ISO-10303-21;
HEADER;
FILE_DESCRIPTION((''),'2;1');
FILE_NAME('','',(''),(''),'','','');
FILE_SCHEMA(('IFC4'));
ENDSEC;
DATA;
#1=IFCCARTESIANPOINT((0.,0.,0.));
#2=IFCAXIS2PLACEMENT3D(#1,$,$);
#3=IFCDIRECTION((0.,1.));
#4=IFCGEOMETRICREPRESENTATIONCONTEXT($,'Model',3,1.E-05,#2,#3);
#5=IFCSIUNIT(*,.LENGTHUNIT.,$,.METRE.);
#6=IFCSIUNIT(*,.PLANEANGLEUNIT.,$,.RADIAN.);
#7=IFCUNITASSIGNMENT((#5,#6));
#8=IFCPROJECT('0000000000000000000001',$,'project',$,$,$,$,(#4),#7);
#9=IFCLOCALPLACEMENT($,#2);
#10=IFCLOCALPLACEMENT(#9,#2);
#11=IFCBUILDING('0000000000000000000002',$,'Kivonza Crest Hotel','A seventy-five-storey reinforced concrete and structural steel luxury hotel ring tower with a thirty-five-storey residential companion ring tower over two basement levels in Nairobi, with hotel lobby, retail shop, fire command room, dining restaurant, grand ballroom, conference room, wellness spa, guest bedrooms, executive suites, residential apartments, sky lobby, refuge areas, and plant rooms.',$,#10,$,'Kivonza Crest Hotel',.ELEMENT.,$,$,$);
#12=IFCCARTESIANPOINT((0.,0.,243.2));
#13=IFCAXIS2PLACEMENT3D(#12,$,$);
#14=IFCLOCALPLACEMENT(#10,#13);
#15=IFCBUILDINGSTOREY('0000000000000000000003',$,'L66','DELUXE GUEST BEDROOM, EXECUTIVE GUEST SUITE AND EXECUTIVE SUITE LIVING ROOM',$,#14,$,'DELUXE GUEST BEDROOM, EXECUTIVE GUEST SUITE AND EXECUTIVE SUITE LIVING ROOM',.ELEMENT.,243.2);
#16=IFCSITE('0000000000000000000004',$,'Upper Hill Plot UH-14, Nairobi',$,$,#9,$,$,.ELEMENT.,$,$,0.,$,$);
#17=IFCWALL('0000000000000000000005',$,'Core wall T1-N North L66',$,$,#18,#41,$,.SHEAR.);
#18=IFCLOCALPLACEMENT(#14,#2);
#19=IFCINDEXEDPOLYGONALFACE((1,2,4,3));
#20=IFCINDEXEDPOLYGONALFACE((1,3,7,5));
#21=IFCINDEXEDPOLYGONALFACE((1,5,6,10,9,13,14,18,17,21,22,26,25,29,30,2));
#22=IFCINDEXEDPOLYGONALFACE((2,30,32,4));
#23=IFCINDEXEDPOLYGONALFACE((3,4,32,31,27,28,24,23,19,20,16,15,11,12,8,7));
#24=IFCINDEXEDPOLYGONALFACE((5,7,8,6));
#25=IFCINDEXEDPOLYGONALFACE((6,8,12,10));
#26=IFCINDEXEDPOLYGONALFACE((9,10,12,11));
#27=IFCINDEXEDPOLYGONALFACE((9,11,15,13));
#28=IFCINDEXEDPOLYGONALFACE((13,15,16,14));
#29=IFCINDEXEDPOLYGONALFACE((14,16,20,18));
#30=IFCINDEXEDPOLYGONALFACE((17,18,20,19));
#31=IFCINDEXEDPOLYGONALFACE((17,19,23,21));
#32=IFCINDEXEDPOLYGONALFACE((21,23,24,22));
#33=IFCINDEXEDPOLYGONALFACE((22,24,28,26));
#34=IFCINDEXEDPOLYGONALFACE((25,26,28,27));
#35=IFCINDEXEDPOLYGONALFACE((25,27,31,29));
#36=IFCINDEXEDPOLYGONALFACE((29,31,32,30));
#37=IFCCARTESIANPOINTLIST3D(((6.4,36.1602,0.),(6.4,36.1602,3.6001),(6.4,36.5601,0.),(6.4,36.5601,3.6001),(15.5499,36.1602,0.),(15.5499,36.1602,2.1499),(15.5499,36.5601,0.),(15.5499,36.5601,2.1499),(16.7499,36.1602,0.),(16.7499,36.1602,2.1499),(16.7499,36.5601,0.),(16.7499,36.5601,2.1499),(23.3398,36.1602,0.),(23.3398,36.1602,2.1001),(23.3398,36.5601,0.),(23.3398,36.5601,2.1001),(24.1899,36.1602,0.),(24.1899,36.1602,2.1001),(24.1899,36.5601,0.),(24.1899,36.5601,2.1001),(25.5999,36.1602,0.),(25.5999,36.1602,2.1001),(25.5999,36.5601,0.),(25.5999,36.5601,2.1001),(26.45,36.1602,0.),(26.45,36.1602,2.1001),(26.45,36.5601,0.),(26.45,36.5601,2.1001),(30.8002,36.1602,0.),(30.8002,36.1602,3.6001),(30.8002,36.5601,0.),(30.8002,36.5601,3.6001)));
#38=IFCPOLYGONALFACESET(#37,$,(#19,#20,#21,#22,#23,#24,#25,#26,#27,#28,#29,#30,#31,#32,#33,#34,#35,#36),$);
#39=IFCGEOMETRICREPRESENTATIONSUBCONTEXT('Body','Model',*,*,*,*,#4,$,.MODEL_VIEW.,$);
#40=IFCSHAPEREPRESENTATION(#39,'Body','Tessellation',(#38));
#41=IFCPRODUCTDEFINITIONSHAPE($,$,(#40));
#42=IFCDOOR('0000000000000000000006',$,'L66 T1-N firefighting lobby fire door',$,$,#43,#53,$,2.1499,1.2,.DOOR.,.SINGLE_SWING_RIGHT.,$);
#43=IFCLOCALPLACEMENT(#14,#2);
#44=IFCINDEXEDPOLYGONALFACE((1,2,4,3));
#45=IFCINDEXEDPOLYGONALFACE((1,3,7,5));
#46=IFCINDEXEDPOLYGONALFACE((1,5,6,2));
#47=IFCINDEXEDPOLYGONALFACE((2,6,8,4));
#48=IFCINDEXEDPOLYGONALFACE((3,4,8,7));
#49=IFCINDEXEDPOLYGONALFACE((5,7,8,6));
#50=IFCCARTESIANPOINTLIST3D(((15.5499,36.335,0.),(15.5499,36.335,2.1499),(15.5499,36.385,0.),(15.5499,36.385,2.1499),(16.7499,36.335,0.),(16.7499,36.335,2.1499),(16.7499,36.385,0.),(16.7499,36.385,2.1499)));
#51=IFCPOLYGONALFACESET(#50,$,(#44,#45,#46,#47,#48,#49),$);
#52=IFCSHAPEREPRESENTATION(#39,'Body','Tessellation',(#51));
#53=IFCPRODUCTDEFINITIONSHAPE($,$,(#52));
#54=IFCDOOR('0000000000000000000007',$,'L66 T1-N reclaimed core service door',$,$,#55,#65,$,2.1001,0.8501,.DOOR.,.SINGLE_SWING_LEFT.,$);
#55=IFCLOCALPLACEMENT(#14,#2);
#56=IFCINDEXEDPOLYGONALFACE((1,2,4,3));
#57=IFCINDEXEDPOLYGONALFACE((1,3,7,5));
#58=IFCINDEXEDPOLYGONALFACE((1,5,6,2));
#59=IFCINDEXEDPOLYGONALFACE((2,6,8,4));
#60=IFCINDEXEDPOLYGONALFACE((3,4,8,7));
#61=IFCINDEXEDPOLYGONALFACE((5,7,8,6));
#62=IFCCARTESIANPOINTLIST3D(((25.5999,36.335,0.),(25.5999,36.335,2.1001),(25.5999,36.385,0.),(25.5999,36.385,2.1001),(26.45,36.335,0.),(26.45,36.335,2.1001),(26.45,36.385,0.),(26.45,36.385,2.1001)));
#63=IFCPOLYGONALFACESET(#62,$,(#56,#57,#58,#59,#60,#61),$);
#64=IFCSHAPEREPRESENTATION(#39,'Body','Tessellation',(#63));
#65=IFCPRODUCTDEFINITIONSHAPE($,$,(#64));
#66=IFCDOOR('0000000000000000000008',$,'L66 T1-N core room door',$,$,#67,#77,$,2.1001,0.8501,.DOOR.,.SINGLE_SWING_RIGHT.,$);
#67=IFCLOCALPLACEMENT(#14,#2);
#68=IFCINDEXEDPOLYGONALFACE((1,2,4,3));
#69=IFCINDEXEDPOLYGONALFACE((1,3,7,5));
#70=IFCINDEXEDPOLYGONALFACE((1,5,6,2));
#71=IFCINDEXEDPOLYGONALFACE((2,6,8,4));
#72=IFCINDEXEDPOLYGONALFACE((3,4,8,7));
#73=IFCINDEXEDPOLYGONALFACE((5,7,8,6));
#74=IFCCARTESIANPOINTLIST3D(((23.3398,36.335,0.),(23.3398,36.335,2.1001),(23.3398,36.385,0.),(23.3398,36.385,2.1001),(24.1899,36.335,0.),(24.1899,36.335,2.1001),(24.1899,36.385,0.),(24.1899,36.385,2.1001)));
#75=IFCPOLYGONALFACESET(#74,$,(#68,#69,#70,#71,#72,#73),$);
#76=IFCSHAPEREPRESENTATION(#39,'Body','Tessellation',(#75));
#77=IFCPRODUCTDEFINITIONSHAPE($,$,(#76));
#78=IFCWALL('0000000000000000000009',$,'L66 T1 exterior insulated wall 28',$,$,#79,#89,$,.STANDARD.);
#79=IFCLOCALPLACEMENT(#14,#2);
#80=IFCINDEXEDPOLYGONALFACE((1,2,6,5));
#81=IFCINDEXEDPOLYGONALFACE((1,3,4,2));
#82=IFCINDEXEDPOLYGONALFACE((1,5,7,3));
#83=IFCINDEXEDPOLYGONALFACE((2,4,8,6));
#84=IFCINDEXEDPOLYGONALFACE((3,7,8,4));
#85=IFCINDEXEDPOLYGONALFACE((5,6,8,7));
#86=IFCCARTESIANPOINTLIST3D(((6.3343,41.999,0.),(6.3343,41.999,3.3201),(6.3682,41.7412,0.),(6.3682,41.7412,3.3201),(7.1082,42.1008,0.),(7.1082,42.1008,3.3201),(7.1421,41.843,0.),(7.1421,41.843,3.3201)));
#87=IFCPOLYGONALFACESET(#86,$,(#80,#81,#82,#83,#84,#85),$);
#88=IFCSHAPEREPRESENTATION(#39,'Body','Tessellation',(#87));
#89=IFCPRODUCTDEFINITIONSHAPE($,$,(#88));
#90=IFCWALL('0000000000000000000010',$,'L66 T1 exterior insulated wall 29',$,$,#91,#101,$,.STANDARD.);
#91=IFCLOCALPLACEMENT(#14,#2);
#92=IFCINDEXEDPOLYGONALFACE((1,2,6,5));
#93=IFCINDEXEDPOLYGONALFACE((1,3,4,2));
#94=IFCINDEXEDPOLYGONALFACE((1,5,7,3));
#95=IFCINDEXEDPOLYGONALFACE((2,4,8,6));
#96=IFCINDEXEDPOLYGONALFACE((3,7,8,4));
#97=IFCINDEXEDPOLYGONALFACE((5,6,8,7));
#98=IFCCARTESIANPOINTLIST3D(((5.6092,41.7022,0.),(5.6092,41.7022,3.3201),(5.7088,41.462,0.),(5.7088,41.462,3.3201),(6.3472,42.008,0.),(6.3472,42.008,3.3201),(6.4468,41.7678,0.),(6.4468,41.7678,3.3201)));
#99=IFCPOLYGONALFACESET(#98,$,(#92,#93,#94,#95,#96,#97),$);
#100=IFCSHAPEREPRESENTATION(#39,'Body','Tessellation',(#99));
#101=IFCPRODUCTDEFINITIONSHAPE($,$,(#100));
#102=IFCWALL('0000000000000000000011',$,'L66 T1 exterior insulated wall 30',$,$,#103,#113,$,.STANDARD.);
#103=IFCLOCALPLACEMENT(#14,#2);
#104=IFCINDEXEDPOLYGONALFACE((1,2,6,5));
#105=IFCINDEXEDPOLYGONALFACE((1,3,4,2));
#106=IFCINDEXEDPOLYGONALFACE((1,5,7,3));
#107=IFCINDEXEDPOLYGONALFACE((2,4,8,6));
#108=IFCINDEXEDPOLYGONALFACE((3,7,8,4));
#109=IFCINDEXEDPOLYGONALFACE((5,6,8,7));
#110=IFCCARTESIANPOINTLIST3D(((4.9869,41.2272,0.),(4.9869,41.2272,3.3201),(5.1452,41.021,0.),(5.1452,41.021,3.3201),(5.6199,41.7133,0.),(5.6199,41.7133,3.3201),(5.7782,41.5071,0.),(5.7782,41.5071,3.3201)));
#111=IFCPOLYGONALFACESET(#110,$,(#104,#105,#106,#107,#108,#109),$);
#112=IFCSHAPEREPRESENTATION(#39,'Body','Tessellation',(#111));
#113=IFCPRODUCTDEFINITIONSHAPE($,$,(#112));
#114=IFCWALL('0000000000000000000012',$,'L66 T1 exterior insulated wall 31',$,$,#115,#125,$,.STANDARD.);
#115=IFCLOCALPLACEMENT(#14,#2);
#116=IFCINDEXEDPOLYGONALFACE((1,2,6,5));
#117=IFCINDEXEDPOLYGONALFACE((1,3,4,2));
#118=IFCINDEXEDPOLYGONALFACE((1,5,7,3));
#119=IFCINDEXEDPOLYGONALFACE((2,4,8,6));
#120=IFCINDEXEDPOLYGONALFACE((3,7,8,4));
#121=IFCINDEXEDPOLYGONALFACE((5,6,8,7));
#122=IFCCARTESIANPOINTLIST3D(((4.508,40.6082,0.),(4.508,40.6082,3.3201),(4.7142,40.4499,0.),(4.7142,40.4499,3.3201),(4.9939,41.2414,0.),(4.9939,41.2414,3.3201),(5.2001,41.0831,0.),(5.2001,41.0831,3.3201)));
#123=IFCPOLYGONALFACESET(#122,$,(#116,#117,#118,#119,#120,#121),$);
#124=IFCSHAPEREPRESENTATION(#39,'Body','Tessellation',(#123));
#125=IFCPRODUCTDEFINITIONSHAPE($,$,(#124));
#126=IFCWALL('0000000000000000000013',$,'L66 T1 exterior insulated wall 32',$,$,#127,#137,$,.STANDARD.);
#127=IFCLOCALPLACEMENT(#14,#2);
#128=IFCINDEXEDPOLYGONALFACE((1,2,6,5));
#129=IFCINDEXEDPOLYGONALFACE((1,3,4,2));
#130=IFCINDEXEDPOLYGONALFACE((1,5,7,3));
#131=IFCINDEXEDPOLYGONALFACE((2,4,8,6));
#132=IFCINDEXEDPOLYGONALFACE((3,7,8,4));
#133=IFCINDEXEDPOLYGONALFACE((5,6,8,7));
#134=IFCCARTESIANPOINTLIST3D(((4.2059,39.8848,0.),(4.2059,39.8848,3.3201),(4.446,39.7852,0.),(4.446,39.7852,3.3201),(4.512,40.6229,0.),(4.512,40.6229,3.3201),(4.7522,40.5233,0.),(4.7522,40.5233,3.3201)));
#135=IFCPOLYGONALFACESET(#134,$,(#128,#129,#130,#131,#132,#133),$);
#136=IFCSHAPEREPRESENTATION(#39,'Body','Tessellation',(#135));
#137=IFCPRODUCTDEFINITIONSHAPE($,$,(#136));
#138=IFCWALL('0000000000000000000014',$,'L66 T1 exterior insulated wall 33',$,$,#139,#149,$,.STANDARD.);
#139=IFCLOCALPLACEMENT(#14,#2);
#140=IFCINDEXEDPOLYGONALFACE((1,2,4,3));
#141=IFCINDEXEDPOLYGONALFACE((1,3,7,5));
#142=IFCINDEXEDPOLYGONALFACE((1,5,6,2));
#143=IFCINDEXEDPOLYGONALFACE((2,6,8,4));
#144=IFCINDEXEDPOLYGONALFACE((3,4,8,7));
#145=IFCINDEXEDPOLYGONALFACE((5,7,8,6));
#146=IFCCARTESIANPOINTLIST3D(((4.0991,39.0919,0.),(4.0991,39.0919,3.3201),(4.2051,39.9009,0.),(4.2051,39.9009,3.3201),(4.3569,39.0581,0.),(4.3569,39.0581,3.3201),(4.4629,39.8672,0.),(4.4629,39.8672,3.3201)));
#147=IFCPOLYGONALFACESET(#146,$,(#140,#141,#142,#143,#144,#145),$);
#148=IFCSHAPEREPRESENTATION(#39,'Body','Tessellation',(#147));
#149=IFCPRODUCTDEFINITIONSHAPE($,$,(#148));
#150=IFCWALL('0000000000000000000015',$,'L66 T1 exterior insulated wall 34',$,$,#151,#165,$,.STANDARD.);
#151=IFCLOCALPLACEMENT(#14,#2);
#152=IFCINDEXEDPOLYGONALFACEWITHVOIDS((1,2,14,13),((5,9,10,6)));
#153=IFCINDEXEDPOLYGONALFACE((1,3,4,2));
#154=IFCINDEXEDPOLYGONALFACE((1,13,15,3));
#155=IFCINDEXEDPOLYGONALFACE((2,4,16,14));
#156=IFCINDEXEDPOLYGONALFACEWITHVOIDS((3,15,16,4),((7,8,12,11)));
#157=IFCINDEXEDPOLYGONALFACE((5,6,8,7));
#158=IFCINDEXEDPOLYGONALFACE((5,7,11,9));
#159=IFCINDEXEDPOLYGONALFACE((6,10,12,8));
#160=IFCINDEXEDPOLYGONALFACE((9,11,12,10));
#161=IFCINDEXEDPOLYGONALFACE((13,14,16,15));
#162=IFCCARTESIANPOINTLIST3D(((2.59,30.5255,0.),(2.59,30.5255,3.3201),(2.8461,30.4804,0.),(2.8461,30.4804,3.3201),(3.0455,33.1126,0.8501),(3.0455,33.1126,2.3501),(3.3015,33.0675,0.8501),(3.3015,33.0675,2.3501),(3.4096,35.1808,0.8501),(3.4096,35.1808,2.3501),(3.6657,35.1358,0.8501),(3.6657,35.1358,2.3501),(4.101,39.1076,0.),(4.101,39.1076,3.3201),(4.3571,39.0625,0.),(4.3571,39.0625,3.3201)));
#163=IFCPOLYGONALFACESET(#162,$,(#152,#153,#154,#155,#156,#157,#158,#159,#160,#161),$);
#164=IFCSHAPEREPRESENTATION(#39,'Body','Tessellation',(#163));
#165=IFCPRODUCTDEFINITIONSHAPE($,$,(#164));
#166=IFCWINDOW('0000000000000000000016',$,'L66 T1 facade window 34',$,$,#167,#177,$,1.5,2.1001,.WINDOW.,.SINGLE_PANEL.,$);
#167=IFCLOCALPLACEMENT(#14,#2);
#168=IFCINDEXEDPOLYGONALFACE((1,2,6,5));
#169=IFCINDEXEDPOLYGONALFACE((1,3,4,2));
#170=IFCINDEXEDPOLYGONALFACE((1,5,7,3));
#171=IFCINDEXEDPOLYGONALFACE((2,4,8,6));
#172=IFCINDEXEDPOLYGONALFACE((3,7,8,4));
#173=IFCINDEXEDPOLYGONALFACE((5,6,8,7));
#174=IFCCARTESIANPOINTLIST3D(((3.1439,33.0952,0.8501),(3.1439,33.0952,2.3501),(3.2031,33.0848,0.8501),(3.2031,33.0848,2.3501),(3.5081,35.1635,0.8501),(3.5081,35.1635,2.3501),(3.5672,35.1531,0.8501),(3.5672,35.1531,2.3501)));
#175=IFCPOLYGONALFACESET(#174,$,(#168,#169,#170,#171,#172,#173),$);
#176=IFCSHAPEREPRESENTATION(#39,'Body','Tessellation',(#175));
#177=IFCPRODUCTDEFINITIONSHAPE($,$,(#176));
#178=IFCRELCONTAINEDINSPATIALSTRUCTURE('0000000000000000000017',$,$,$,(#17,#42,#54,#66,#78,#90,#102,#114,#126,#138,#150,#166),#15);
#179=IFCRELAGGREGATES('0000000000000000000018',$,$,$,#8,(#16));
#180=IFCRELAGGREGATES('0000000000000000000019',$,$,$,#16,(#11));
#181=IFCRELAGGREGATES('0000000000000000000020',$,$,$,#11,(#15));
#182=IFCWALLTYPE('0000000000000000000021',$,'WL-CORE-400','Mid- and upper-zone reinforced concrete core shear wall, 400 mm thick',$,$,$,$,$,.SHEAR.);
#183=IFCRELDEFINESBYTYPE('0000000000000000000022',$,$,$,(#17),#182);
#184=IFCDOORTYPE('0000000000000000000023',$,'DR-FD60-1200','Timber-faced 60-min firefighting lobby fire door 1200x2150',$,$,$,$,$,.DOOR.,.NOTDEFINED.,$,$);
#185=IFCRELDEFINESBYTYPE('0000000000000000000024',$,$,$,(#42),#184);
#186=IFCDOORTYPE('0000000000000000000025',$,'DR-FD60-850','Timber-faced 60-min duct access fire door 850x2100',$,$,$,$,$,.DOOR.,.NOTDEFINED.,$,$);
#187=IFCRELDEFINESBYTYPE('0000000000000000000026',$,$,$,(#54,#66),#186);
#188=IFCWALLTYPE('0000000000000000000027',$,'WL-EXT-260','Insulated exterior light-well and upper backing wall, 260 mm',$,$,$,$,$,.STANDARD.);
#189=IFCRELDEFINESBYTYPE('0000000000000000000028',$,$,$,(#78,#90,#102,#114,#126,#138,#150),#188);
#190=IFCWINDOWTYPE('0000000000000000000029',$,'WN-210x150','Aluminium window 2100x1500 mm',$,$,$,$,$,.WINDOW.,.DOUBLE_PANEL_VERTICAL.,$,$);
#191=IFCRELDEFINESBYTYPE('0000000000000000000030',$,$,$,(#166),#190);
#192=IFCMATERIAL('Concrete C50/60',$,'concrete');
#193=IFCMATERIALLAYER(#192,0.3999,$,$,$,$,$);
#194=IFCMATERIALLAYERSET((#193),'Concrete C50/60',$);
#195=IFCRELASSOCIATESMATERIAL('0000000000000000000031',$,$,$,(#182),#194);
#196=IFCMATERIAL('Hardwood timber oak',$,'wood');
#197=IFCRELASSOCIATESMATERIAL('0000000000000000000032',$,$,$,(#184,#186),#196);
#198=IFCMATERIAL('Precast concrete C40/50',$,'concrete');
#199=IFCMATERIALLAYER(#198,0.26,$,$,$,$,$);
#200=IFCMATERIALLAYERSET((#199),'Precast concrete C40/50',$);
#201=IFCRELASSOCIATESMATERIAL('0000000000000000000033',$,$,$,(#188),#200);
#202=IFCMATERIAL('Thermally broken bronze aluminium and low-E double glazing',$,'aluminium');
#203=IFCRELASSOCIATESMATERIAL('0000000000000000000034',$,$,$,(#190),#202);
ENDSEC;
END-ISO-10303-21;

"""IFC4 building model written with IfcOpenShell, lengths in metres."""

from ifc_helpers import new_model, si_unit, direction, frame, frame_2d, origin, place, context, subcontext, project, spatial, rectangle, extrude, material, layer, layer_set, type_object, element, fill, save


model = new_model("IFC4")

# Units and contexts
model_context = context("Model", 3, precision=1e-05, world=origin(), true_north=direction((0.0, 1.0)))
body_context = subcontext(model_context, "Body", "Model", "MODEL_VIEW")
ifc_project = project(units=[si_unit("LENGTHUNIT", "METRE"), si_unit("PLANEANGLEUNIT", "RADIAN")], contexts=[model_context])

# Site, building, storey
site_placement = place(None, origin())
site = spatial("IfcSite", under=ifc_project, at=site_placement, Name="Upper Hill Plot UH-14, Nairobi", CompositionType="ELEMENT", RefElevation=0.0)
building_placement = place(site_placement, origin())
building = spatial("IfcBuilding", under=site, at=building_placement, Name="Kivonza Crest Hotel", Description="A seventy-five-storey reinforced concrete and structural steel luxury hotel ring tower with a thirty-five-storey residential companion ring tower over two basement levels in Nairobi, with hotel lobby, retail shop, fire command room, dining restaurant, grand ballroom, conference room, wellness spa, guest bedrooms, executive suites, residential apartments, sky lobby, refuge areas, and plant rooms.", LongName="Kivonza Crest Hotel", CompositionType="ELEMENT")
storey_placement = place(building_placement, frame((0.0, 0.0, 243.2)))
storey = spatial("IfcBuildingStorey", under=building, at=storey_placement, Name="L66", Description="DELUXE GUEST BEDROOM, EXECUTIVE GUEST SUITE AND EXECUTIVE SUITE LIVING ROOM", LongName="DELUXE GUEST BEDROOM, EXECUTIVE GUEST SUITE AND EXECUTIVE SUITE LIVING ROOM", CompositionType="ELEMENT", Elevation=243.2)

# Shared definitions
ifc_material_1 = material(Name="Concrete C50/60", Category="concrete")

# Wall, openings, doors
ifc_layer_1 = layer(ifc_material_1, 0.3999)
ifc_layer_set_1 = layer_set([ifc_layer_1], Name="Concrete C50/60")
wall_type_1 = type_object("IfcWallType", Name="WL-CORE-400", Description="Mid- and upper-zone reinforced concrete core shear wall, 400 mm thick", PredefinedType="SHEAR", material=ifc_layer_set_1)
wall_1_placement = place(storey_placement, frame((6.3999, 36.3601, 0.0), z_axis=(0.0, 0.0, 1.0), x_axis=(1.0, 0.0, 0.0)))
wall_1 = element("IfcWall", 1, at=wall_1_placement, inside=storey, type_object=wall_type_1, Name="Core wall T1-N North L66", PredefinedType="SHEAR", context=body_context, shape_type="SweptSolid", body=[
    extrude(rectangle(XDim=24.4001, YDim=0.3999, at=frame_2d((12.2002, 0.0))), origin(), (0.0, 0.0, 1.0), 3.6001),
])
opening_1_placement = place(wall_1_placement, frame((9.1499, 0.0, 0.0)))
opening_1 = element("IfcOpeningElement", 2, at=opening_1_placement, cuts=wall_1, PredefinedType="OPENING", context=body_context, shape_type="SweptSolid", body=[
    extrude(rectangle(XDim=1.2, YDim=2.1499, at=frame_2d((0.6001, 1.075))), frame((0.0, 0.21, 0.0), z_axis=(0.0, -1.0, 0.0), x_axis=(1.0, 0.0, 0.0)), (0.0, 0.0, 1.0), 0.4199),
])
opening_2_placement = place(wall_1_placement, frame((19.2, 0.0, 0.0)))
opening_2 = element("IfcOpeningElement", 3, at=opening_2_placement, cuts=wall_1, PredefinedType="OPENING", context=body_context, shape_type="SweptSolid", body=[
    extrude(rectangle(XDim=0.8501, YDim=2.1001, at=frame_2d((0.425, 1.05))), frame((0.0, 0.21, 0.0), z_axis=(0.0, -1.0, 0.0), x_axis=(1.0, 0.0, 0.0)), (0.0, 0.0, 1.0), 0.4199),
])
opening_3_placement = place(wall_1_placement, frame((16.9399, 0.0, 0.0)))
opening_3 = element("IfcOpeningElement", 4, at=opening_3_placement, cuts=wall_1, PredefinedType="OPENING", context=body_context, shape_type="SweptSolid", body=[
    extrude(rectangle(XDim=0.8501, YDim=2.1001, at=frame_2d((0.425, 1.05))), frame((0.0, 0.21, 0.0), z_axis=(0.0, -1.0, 0.0), x_axis=(1.0, 0.0, 0.0)), (0.0, 0.0, 1.0), 0.4199),
])
ifc_material_2 = material(Name="Hardwood timber oak", Category="wood")
door_type_1 = type_object("IfcDoorType", Name="DR-FD60-1200", Description="Timber-faced 60-min firefighting lobby fire door 1200x2150", OperationType="NOTDEFINED", PredefinedType="DOOR", material=ifc_material_2)
door_1_placement = place(opening_1_placement, origin())
door_1 = element("IfcDoor", 5, at=door_1_placement, inside=storey, type_object=door_type_1, Name="L66 T1-N firefighting lobby fire door", OperationType="SINGLE_SWING_RIGHT", OverallHeight=2.1499, OverallWidth=1.2, PredefinedType="DOOR", context=body_context, shape_type="SweptSolid", body=[
    extrude(rectangle(XDim=1.2, YDim=2.1499, at=frame_2d((0.6001, 1.075))), frame((0.0, 0.0249, 0.0), z_axis=(0.0, -1.0, 0.0), x_axis=(1.0, 0.0, 0.0)), (0.0, 0.0, 1.0), 0.05),
])
fill(opening_1, door_1)
door_type_2 = type_object("IfcDoorType", Name="DR-FD60-850", Description="Timber-faced 60-min duct access fire door 850x2100", OperationType="NOTDEFINED", PredefinedType="DOOR", material=ifc_material_2)
door_2_placement = place(opening_2_placement, origin())
door_2 = element("IfcDoor", 6, at=door_2_placement, inside=storey, type_object=door_type_2, Name="L66 T1-N reclaimed core service door", OperationType="SINGLE_SWING_LEFT", OverallHeight=2.1001, OverallWidth=0.8501, PredefinedType="DOOR", context=body_context, shape_type="SweptSolid", body=[
    extrude(rectangle(XDim=0.8501, YDim=2.1001, at=frame_2d((0.425, 1.05))), frame((0.0, 0.0249, 0.0), z_axis=(0.0, -1.0, 0.0), x_axis=(1.0, 0.0, 0.0)), (0.0, 0.0, 1.0), 0.05),
])
fill(opening_2, door_2)
door_3_placement = place(opening_3_placement, origin())
door_3 = element("IfcDoor", 7, at=door_3_placement, inside=storey, type_object=door_type_2, Name="L66 T1-N core room door", OperationType="SINGLE_SWING_RIGHT", OverallHeight=2.1001, OverallWidth=0.8501, PredefinedType="DOOR", context=body_context, shape_type="SweptSolid", body=[
    extrude(rectangle(XDim=0.8501, YDim=2.1001, at=frame_2d((0.425, 1.05))), frame((0.0, 0.0249, 0.0), z_axis=(0.0, -1.0, 0.0), x_axis=(1.0, 0.0, 0.0)), (0.0, 0.0, 1.0), 0.05),
])
fill(opening_3, door_3)

# Walls
ifc_material_3 = material(Name="Precast concrete C40/50", Category="concrete")
ifc_layer_2 = layer(ifc_material_3, 0.26)
ifc_layer_set_2 = layer_set([ifc_layer_2], Name="Precast concrete C40/50")
wall_type_2 = type_object("IfcWallType", Name="WL-EXT-260", Description="Insulated exterior light-well and upper backing wall, 260 mm", PredefinedType="STANDARD", material=ifc_layer_set_2)
wall_2_placement = place(storey_placement, frame((7.125, 41.9719, 0.0), z_axis=(0.0, 0.0, 1.0), x_axis=(-0.991459, -0.130422, 0.0)))
element("IfcWall", 8, at=wall_2_placement, inside=storey, type_object=wall_type_2, Name="L66 T1 exterior insulated wall 28", PredefinedType="STANDARD", context=body_context, shape_type="SweptSolid", body=[
    extrude(rectangle(XDim=0.7805, YDim=0.26, at=frame_2d((0.3901, 0.0))), origin(), (0.0, 0.0, 1.0), 3.3201),
])
wall_3_placement = place(storey_placement, frame((6.397, 41.8879, 0.0), z_axis=(0.0, 0.0, 1.0), x_axis=(-0.92379, -0.382901, 0.0)))
element("IfcWall", 9, at=wall_3_placement, inside=storey, type_object=wall_type_2, Name="L66 T1 exterior insulated wall 29", PredefinedType="STANDARD", context=body_context, shape_type="SweptSolid", body=[
    extrude(rectangle(XDim=0.7988, YDim=0.26, at=frame_2d((0.3994, 0.0))), origin(), (0.0, 0.0, 1.0), 3.3201),
])
for number, where, z_axis, x_axis, name in (
    (10, (5.699, 41.6101, 0.0), (0.0, 0.0, 1.0), (-0.793158, -0.609016, 0.0), "L66 T1 exterior insulated wall 30"),
    (11, (5.0969, 41.1621, 0.0), (0.0, 0.0, 1.0), (-0.608823, -0.793306, 0.0), "L66 T1 exterior insulated wall 31"),
):
    element("IfcWall", number, at=place(storey_placement, frame(where, z_axis=z_axis, x_axis=x_axis)), inside=storey, type_object=wall_type_2, Name=name, PredefinedType="STANDARD", context=body_context, shape_type="SweptSolid", body=[
        extrude(rectangle(XDim=0.7981, YDim=0.26, at=frame_2d((0.3989, 0.0))), origin(), (0.0, 0.0, 1.0), 3.3201),
    ])
wall_4_placement = place(storey_placement, frame((4.6321, 40.573, 0.0), z_axis=(0.0, 0.0, 1.0), x_axis=(-0.383161, -0.923681, 0.0)))
element("IfcWall", 12, at=wall_4_placement, inside=storey, type_object=wall_type_2, Name="L66 T1 exterior insulated wall 32", PredefinedType="STANDARD", context=body_context, shape_type="SweptSolid", body=[
    extrude(rectangle(XDim=0.7991, YDim=0.26, at=frame_2d((0.3994, 0.0))), origin(), (0.0, 0.0, 1.0), 3.3201),
])
wall_5_placement = place(storey_placement, frame((4.334, 39.884, 0.0), z_axis=(0.0, 0.0, 1.0), x_axis=(-0.129851, -0.991534, 0.0)))
element("IfcWall", 13, at=wall_5_placement, inside=storey, type_object=wall_type_2, Name="L66 T1 exterior insulated wall 33", PredefinedType="STANDARD", context=body_context, shape_type="SweptSolid", body=[
    extrude(rectangle(XDim=0.8159, YDim=0.26, at=frame_2d((0.408, 0.0))), origin(), (0.0, 0.0, 1.0), 3.3201),
])

# Wall, opening, window
wall_6_placement = place(storey_placement, frame((4.229, 39.085, 0.0), z_axis=(0.0, 0.0, 1.0), x_axis=(-0.173397, -0.984852, 0.0)))
wall_6 = element("IfcWall", 14, at=wall_6_placement, inside=storey, type_object=wall_type_2, Name="L66 T1 exterior insulated wall 34", PredefinedType="STANDARD", context=body_context, shape_type="SweptSolid", body=[
    extrude(rectangle(XDim=8.7141, YDim=0.26, at=frame_2d((4.3569, 0.0))), origin(), (0.0, 0.0, 1.0), 3.3201),
])
opening_4_placement = place(wall_6_placement, frame((3.9871, 0.0, 0.8501)))
opening_4 = element("IfcOpeningElement", 15, at=opening_4_placement, cuts=wall_6, PredefinedType="OPENING", context=body_context, shape_type="SweptSolid", body=[
    extrude(rectangle(XDim=2.1001, YDim=1.5, at=frame_2d((1.05, 0.75))), frame((0.0, 0.1401, 0.0), z_axis=(0.0, -1.0, 0.0), x_axis=(1.0, 0.0, 0.0)), (0.0, 0.0, 1.0), 0.28),
])
ifc_material_4 = material(Name="Thermally broken bronze aluminium and low-E double glazing", Category="aluminium")
window_type = type_object("IfcWindowType", Name="WN-210x150", Description="Aluminium window 2100x1500 mm", PartitioningType="DOUBLE_PANEL_VERTICAL", PredefinedType="WINDOW", material=ifc_material_4)
window_placement = place(opening_4_placement, origin())
window = element("IfcWindow", 16, at=window_placement, inside=storey, type_object=window_type, Name="L66 T1 facade window 34", OverallHeight=1.5, OverallWidth=2.1001, PartitioningType="SINGLE_PANEL", PredefinedType="WINDOW", context=body_context, shape_type="SweptSolid", body=[
    extrude(rectangle(XDim=2.1001, YDim=1.5, at=frame_2d((1.05, 0.75))), frame((0.0, 0.03, 0.0), z_axis=(0.0, -1.0, 0.0), x_axis=(1.0, 0.0, 0.0)), (0.0, 0.0, 1.0), 0.0601),
])
fill(opening_4, window)

save(model, "model.ifc")
